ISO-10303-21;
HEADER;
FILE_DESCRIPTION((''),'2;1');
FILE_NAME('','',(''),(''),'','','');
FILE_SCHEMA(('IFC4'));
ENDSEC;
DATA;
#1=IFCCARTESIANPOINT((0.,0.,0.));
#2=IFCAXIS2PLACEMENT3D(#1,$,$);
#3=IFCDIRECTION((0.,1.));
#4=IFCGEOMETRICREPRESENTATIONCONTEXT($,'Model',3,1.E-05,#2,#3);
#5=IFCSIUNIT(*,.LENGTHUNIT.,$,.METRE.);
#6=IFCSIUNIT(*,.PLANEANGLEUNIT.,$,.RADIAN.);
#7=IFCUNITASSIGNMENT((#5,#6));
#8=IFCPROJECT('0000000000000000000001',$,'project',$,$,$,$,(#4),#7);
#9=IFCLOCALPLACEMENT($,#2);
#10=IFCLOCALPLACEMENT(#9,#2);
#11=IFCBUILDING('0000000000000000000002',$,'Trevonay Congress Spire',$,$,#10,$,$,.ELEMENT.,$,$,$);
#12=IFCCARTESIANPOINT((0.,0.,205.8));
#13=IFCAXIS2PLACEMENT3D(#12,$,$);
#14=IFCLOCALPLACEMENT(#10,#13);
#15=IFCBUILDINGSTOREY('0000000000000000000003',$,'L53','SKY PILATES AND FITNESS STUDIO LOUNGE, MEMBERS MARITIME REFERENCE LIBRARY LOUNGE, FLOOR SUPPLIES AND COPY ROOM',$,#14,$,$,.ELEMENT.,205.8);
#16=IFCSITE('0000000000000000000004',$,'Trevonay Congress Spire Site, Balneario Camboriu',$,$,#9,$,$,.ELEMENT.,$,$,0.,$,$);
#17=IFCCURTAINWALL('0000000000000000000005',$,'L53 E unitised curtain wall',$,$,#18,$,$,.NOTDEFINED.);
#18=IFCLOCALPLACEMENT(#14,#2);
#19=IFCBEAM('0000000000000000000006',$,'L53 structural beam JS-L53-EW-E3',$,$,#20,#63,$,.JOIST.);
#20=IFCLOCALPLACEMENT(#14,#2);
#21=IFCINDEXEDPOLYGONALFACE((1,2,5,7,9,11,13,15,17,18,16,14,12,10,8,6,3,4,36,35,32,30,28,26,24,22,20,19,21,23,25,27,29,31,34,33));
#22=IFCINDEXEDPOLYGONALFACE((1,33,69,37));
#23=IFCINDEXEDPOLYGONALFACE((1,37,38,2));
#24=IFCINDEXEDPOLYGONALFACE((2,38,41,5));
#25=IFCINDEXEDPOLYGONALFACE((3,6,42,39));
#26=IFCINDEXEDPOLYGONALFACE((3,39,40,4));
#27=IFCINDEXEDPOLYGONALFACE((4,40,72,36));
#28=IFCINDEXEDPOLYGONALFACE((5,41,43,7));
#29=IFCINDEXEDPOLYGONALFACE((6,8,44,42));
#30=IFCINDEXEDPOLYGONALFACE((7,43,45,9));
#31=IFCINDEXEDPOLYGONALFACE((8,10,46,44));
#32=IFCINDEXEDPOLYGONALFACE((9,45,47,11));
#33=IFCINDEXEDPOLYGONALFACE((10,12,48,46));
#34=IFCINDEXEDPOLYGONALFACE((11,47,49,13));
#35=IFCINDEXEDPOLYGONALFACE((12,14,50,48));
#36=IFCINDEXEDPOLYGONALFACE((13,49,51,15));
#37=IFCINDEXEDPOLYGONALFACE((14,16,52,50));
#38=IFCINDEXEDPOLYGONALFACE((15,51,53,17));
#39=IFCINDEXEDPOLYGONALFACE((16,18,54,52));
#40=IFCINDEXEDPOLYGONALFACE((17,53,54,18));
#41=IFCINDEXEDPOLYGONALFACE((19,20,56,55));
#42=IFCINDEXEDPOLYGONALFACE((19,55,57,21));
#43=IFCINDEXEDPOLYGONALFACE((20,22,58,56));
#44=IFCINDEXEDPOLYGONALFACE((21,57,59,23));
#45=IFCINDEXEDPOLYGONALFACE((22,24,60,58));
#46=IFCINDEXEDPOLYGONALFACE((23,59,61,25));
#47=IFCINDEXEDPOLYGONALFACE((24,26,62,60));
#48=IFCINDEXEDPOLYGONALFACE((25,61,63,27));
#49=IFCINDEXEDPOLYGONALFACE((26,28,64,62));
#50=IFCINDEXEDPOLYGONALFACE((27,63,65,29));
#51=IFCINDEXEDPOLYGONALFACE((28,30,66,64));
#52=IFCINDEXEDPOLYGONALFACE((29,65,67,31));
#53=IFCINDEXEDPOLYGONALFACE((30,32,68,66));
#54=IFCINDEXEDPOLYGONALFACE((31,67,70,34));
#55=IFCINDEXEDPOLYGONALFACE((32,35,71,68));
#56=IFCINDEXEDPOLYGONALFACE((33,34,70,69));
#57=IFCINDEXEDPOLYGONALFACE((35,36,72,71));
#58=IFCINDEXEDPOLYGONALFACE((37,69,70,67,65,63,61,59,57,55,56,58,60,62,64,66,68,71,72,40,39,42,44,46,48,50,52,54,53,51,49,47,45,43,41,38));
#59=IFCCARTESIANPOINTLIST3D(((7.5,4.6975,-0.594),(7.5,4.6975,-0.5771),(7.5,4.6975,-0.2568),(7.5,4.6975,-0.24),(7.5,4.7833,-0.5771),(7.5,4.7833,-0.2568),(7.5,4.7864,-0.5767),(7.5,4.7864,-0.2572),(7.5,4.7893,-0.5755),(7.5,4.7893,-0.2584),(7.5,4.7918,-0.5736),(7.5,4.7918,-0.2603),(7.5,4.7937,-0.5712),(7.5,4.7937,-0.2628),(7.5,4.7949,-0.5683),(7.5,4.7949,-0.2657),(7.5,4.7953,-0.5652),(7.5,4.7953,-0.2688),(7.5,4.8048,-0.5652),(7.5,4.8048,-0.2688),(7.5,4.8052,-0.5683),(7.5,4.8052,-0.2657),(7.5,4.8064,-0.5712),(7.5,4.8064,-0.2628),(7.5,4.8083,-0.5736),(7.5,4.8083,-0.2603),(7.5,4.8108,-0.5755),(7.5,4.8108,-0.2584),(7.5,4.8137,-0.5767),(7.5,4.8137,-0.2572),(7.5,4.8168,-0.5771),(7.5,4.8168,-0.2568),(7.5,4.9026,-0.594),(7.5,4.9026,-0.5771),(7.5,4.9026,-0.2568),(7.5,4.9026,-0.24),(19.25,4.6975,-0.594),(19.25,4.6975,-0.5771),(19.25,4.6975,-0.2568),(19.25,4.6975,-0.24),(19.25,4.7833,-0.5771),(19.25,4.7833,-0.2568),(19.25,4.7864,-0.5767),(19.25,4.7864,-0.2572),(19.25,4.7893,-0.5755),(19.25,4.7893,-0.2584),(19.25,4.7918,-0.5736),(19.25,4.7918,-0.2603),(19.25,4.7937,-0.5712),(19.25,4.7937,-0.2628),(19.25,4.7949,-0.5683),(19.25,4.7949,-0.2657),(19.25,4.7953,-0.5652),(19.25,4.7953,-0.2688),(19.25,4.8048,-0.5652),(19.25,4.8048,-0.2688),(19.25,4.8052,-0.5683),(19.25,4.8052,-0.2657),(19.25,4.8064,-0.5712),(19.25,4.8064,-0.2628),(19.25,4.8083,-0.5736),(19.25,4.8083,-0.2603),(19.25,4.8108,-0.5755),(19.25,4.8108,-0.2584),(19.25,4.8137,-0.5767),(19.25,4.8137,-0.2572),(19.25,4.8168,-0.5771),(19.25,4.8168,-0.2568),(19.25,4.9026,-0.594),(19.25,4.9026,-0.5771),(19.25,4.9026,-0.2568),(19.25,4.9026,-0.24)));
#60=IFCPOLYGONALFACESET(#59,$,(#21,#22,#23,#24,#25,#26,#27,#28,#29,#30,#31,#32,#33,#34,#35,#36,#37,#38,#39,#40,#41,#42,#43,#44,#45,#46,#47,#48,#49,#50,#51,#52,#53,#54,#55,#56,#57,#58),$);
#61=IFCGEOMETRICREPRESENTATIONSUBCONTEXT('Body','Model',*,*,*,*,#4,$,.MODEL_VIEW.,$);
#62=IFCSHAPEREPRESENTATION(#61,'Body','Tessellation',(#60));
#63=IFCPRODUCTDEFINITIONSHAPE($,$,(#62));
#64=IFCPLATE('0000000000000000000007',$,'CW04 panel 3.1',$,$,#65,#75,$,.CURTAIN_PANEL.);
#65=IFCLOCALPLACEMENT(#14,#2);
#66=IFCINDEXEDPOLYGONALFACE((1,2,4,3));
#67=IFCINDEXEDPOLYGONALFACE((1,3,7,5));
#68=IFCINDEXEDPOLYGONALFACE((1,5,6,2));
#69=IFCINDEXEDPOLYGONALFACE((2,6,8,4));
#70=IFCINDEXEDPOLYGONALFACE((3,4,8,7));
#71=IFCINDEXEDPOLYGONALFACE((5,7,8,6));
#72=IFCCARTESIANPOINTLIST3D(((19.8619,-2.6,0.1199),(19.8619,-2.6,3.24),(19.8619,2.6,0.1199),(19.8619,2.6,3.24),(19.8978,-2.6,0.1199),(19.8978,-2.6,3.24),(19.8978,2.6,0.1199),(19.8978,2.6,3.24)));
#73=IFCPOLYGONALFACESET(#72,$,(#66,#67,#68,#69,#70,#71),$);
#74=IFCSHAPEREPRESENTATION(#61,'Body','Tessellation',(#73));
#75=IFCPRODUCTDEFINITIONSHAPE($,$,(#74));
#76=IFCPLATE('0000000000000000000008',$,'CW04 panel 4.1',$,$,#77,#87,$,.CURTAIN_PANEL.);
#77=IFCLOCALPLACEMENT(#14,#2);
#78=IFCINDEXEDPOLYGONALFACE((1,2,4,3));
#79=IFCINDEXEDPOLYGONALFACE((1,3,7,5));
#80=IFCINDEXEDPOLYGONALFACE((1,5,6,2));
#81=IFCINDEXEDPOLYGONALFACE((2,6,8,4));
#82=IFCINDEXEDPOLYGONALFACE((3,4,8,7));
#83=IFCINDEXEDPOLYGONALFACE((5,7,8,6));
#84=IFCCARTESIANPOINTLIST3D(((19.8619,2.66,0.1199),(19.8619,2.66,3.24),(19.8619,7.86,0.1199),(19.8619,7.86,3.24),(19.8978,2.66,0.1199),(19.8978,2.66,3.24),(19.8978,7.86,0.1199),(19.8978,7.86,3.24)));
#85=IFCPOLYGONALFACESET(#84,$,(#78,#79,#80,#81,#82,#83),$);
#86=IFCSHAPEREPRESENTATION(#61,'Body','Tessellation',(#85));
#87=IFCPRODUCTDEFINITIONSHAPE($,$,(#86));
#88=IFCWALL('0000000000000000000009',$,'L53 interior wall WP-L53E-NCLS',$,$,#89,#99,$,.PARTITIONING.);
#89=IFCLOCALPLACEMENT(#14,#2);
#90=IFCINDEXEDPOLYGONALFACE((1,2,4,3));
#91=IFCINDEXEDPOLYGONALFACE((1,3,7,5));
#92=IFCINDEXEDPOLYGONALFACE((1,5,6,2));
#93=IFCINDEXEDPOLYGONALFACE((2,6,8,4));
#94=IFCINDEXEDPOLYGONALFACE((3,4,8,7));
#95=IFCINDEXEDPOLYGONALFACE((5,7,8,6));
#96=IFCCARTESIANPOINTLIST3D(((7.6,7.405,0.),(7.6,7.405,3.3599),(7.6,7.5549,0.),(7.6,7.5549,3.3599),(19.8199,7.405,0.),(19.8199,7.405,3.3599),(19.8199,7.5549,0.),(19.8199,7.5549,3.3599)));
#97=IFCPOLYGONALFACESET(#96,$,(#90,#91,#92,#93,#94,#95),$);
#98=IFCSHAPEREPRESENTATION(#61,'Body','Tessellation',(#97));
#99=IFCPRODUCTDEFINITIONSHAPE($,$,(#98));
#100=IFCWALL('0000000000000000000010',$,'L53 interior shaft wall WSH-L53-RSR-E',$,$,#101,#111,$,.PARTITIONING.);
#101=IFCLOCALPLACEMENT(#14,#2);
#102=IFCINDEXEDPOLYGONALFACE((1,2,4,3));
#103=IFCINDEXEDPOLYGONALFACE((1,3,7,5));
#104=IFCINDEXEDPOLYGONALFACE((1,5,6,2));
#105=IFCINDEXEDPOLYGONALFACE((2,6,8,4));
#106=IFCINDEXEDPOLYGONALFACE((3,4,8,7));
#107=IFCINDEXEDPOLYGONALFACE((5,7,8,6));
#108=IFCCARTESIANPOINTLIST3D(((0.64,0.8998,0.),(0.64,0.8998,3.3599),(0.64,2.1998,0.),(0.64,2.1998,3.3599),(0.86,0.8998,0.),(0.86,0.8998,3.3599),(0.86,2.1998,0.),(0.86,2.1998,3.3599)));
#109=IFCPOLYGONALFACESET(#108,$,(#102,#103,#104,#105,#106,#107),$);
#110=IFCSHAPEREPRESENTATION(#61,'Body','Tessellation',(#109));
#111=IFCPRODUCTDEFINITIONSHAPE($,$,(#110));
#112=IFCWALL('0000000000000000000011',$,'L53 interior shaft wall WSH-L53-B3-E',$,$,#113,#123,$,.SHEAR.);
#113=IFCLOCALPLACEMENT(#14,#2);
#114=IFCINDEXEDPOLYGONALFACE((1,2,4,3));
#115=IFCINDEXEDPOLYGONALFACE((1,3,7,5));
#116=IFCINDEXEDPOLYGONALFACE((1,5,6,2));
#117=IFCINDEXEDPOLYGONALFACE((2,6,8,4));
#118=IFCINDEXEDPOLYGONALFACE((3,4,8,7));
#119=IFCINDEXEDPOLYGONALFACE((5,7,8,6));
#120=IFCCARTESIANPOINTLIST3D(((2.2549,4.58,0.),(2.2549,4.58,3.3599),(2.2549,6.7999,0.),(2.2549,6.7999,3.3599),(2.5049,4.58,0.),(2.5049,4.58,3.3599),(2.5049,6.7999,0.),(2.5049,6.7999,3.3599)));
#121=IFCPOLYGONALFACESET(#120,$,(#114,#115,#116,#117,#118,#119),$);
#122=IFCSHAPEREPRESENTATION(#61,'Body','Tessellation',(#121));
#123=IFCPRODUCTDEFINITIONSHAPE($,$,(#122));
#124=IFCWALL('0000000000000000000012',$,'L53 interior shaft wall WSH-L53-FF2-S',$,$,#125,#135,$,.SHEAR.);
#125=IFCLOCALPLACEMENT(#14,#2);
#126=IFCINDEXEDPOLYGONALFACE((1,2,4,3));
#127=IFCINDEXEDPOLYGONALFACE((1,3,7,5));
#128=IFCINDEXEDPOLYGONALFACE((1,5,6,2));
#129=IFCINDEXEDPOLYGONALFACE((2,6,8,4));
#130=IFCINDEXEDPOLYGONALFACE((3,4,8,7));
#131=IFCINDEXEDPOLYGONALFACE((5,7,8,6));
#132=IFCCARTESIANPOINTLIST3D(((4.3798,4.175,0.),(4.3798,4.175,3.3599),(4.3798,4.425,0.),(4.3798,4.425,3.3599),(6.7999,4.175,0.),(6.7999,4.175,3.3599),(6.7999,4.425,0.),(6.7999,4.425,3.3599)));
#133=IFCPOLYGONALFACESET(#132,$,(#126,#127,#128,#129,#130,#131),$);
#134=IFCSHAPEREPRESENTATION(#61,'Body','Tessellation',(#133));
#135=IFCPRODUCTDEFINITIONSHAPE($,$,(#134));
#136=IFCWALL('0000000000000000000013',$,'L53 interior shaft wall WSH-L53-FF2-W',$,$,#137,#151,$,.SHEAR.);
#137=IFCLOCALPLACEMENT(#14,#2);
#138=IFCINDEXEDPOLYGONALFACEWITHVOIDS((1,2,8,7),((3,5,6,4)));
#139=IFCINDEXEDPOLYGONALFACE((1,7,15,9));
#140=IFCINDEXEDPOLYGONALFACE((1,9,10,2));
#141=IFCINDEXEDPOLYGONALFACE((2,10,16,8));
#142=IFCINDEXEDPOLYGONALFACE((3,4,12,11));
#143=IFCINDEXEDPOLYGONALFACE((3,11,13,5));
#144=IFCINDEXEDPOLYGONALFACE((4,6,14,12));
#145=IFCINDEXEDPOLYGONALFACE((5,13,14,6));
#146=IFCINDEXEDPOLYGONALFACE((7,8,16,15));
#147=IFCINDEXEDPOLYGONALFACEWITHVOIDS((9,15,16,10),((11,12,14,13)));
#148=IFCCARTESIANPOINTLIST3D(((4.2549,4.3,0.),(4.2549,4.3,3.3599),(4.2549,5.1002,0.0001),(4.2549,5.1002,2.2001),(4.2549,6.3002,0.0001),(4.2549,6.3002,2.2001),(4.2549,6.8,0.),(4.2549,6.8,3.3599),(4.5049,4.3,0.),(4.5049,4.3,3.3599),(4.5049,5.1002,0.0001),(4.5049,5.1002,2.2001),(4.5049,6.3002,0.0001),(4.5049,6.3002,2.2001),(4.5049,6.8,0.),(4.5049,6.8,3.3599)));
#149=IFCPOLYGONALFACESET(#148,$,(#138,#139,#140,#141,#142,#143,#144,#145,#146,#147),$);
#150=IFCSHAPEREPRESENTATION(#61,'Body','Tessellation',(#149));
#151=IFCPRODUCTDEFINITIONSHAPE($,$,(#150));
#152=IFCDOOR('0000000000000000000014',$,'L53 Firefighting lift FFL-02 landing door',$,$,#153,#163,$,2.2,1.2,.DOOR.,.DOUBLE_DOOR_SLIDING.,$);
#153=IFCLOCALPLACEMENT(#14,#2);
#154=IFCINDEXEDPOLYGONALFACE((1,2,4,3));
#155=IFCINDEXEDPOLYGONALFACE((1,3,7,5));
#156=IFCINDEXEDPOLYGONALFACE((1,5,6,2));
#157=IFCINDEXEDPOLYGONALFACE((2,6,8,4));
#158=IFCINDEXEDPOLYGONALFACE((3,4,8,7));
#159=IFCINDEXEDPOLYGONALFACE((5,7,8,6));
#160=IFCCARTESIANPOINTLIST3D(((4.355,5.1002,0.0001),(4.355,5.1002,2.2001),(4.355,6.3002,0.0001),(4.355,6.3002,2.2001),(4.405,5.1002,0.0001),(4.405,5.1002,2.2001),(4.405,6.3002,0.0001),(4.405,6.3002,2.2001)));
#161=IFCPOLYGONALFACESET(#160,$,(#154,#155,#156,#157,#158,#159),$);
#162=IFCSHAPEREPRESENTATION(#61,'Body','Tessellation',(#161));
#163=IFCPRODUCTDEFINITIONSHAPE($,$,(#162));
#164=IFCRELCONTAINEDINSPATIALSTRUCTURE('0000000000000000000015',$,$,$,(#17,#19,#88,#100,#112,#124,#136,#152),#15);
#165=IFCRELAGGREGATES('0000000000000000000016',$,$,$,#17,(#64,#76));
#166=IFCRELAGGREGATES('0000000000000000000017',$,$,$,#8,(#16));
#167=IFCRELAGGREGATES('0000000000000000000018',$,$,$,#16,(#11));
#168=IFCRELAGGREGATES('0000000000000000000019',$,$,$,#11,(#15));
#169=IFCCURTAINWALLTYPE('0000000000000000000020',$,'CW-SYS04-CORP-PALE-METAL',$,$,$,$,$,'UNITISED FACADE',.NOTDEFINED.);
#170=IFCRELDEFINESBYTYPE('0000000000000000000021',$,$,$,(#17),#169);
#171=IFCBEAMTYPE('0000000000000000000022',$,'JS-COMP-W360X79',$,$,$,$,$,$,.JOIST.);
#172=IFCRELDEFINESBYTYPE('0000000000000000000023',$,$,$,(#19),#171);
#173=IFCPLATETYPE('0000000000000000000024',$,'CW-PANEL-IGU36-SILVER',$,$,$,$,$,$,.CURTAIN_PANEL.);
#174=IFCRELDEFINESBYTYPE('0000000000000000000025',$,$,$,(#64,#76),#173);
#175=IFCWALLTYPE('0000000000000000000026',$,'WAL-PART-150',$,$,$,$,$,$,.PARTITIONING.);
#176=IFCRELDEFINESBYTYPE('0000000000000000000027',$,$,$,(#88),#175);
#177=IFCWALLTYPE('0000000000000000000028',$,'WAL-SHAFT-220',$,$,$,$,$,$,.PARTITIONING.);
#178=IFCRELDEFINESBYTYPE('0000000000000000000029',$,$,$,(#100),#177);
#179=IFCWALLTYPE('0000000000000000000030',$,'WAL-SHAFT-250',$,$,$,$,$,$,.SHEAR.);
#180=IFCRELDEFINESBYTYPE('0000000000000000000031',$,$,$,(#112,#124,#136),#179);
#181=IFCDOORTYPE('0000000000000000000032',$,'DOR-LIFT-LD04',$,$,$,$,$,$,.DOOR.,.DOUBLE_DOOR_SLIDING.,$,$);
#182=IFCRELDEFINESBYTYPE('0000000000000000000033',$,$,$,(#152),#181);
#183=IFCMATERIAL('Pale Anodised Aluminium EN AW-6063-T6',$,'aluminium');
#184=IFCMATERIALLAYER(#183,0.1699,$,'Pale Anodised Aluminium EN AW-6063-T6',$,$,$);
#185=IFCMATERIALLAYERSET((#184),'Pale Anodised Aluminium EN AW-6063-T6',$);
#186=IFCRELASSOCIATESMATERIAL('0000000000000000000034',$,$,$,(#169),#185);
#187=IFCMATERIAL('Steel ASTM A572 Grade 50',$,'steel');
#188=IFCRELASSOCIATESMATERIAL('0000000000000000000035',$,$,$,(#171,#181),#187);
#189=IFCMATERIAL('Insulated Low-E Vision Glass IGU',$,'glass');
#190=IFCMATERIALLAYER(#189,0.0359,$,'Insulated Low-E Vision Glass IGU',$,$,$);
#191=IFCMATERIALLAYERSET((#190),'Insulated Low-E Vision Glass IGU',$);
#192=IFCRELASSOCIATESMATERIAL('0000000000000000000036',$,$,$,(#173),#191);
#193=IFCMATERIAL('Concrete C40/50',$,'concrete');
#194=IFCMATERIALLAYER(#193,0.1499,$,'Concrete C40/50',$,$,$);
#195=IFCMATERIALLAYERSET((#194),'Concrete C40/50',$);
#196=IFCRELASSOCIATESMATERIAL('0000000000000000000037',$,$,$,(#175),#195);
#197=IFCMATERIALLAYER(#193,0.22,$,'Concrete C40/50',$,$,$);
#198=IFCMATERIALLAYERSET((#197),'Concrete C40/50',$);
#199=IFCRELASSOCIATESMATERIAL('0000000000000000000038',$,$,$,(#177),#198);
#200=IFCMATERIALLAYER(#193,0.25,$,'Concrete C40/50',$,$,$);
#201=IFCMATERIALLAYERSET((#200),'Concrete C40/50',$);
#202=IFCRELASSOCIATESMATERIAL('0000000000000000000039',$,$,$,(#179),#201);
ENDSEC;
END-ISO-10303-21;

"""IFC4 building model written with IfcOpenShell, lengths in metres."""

from ifc_helpers import new_model, si_unit, direction, frame, frame_2d, origin, origin_2d, place, context, subcontext, project, spatial, rectangle, i_section, extrude, material, layer, layer_set, material_profile, profile_set, type_object, element, fill, aggregate, save


model = new_model("IFC4")

# Units and contexts
model_context = context("Model", 3, precision=1e-05, world=origin(), true_north=direction((0.0, 1.0)))
body_context = subcontext(model_context, "Body", "Model", "MODEL_VIEW")
ifc_project = project(units=[si_unit("LENGTHUNIT", "METRE"), si_unit("PLANEANGLEUNIT", "RADIAN")], contexts=[model_context])

# Site, building, storey
site_placement = place(None, origin())
site = spatial("IfcSite", under=ifc_project, at=site_placement, Name="Trevonay Congress Spire Site, Balneario Camboriu", CompositionType="ELEMENT", RefElevation=0.0)
building_placement = place(site_placement, origin())
building = spatial("IfcBuilding", under=site, at=building_placement, Name="Trevonay Congress Spire", CompositionType="ELEMENT")
storey_placement = place(building_placement, frame((0.0, 0.0, 205.8)))
storey = spatial("IfcBuildingStorey", under=building, at=storey_placement, Name="L53", Description="SKY PILATES AND FITNESS STUDIO LOUNGE, MEMBERS MARITIME REFERENCE LIBRARY LOUNGE, FLOOR SUPPLIES AND COPY ROOM", CompositionType="ELEMENT", Elevation=205.8)

# Shared definitions
ifc_material_1 = material(Name="Steel ASTM A572 Grade 50", Category="steel")

# Curtain wall
ifc_material_2 = material(Name="Pale Anodised Aluminium EN AW-6063-T6", Category="aluminium")
ifc_layer_1 = layer(ifc_material_2, 0.1699, Name="Pale Anodised Aluminium EN AW-6063-T6")
ifc_layer_set_1 = layer_set([ifc_layer_1], Name="Pale Anodised Aluminium EN AW-6063-T6")
curtain_wall_type = type_object("IfcCurtainWallType", Name="CW-SYS04-CORP-PALE-METAL", ElementType="UNITISED FACADE", PredefinedType="NOTDEFINED", material=ifc_layer_set_1)
curtain_wall_placement = place(storey_placement, origin())
curtain_wall = element("IfcCurtainWall", 1, at=curtain_wall_placement, inside=storey, type_object=curtain_wall_type, Name="L53 E unitised curtain wall", PredefinedType="NOTDEFINED")

# Beam
ifc_material_profile_1 = material_profile(ifc_material_1, i_section(OverallWidth=0.2051, OverallDepth=0.354, WebThickness=0.0095, FlangeThickness=0.0168, FilletRadius=0.012, at=origin_2d()), Name="W360x79")
ifc_profile_set_1 = profile_set([ifc_material_profile_1], Name="Steel ASTM A572 Grade 50")
beam_type_1 = type_object("IfcBeamType", Name="JS-COMP-W360X79", PredefinedType="JOIST", material=ifc_profile_set_1)
beam_1_placement = place(storey_placement, frame((7.5, 4.8, -0.417), z_axis=(1.0, 0.0, 0.0), x_axis=(0.0, 1.0, 0.0)))
element("IfcBeam", 2, at=beam_1_placement, inside=storey, type_object=beam_type_1, Name="L53 structural beam JS-L53-EW-E3", PredefinedType="JOIST", context=body_context, shape_type="SweptSolid", body=[
    extrude(i_section(OverallWidth=0.2051, OverallDepth=0.354, WebThickness=0.0095, FlangeThickness=0.0168, FilletRadius=0.012, at=origin_2d()), origin(), (0.0, 0.0, 1.0), 11.75),
])

# Plates
ifc_material_3 = material(Name="Insulated Low-E Vision Glass IGU", Category="glass")
ifc_layer_2 = layer(ifc_material_3, 0.0359, Name="Insulated Low-E Vision Glass IGU")
ifc_layer_set_2 = layer_set([ifc_layer_2], Name="Insulated Low-E Vision Glass IGU")
plate_type = type_object("IfcPlateType", Name="CW-PANEL-IGU36-SILVER", PredefinedType="CURTAIN_PANEL", material=ifc_layer_set_2)
plate_1_placement = place(storey_placement, frame((19.8799, 0.0, 0.1199), z_axis=(0.0, 0.0, 1.0), x_axis=(0.0, 1.0, 0.0)))
plate_1 = element("IfcPlate", 3, at=plate_1_placement, type_object=plate_type, Name="CW04 panel 3.1", PredefinedType="CURTAIN_PANEL", context=body_context, shape_type="SweptSolid", body=[
    extrude(rectangle(XDim=5.2, YDim=0.0359, at=origin_2d()), origin(), (0.0, 0.0, 1.0), 3.1201),
])
plate_2_placement = place(storey_placement, frame((19.8799, 5.26, 0.1199), z_axis=(0.0, 0.0, 1.0), x_axis=(0.0, 1.0, 0.0)))
plate_2 = element("IfcPlate", 4, at=plate_2_placement, type_object=plate_type, Name="CW04 panel 4.1", PredefinedType="CURTAIN_PANEL", context=body_context, shape_type="SweptSolid", body=[
    extrude(rectangle(XDim=5.2, YDim=0.0359, at=origin_2d()), origin(), (0.0, 0.0, 1.0), 3.1201),
])
aggregate(curtain_wall, [plate_1, plate_2])

# Walls
ifc_material_4 = material(Name="Concrete C40/50", Category="concrete")
ifc_layer_3 = layer(ifc_material_4, 0.1499, Name="Concrete C40/50")
ifc_layer_set_3 = layer_set([ifc_layer_3], Name="Concrete C40/50")
wall_type_1 = type_object("IfcWallType", Name="WAL-PART-150", PredefinedType="PARTITIONING", material=ifc_layer_set_3)
wall_1_placement = place(storey_placement, frame((7.6001, 7.48, 0.0), z_axis=(0.0, 0.0, 1.0), x_axis=(1.0, 0.0, 0.0)))
element("IfcWall", 5, at=wall_1_placement, inside=storey, type_object=wall_type_1, Name="L53 interior wall WP-L53E-NCLS", PredefinedType="PARTITIONING", context=body_context, shape_type="SweptSolid", body=[
    extrude(rectangle(XDim=12.22, YDim=0.1499, at=frame_2d((6.1099, 0.0))), origin(), (0.0, 0.0, 1.0), 3.3599),
])
ifc_layer_4 = layer(ifc_material_4, 0.22, Name="Concrete C40/50")
ifc_layer_set_4 = layer_set([ifc_layer_4], Name="Concrete C40/50")
wall_type_2 = type_object("IfcWallType", Name="WAL-SHAFT-220", PredefinedType="PARTITIONING", material=ifc_layer_set_4)
wall_2_placement = place(storey_placement, frame((0.75, 0.8999, 0.0), z_axis=(0.0, 0.0, 1.0), x_axis=(0.0, 1.0, 0.0)))
element("IfcWall", 6, at=wall_2_placement, inside=storey, type_object=wall_type_2, Name="L53 interior shaft wall WSH-L53-RSR-E", PredefinedType="PARTITIONING", context=body_context, shape_type="SweptSolid", body=[
    extrude(rectangle(XDim=1.3, YDim=0.22, at=frame_2d((0.6499, 0.0))), origin(), (0.0, 0.0, 1.0), 3.3599),
])
ifc_layer_5 = layer(ifc_material_4, 0.25, Name="Concrete C40/50")
ifc_layer_set_5 = layer_set([ifc_layer_5], Name="Concrete C40/50")
wall_type_3 = type_object("IfcWallType", Name="WAL-SHAFT-250", PredefinedType="SHEAR", material=ifc_layer_set_5)
wall_3_placement = place(storey_placement, frame((2.3799, 4.5801, 0.0), z_axis=(0.0, 0.0, 1.0), x_axis=(0.0, 1.0, 0.0)))
element("IfcWall", 7, at=wall_3_placement, inside=storey, type_object=wall_type_3, Name="L53 interior shaft wall WSH-L53-B3-E", PredefinedType="SHEAR", context=body_context, shape_type="SweptSolid", body=[
    extrude(rectangle(XDim=2.22, YDim=0.25, at=frame_2d((1.1099, 0.0))), origin(), (0.0, 0.0, 1.0), 3.3599),
])
wall_4_placement = place(storey_placement, frame((4.3799, 4.3, 0.0), z_axis=(0.0, 0.0, 1.0), x_axis=(1.0, 0.0, 0.0)))
element("IfcWall", 8, at=wall_4_placement, inside=storey, type_object=wall_type_3, Name="L53 interior shaft wall WSH-L53-FF2-S", PredefinedType="SHEAR", context=body_context, shape_type="SweptSolid", body=[
    extrude(rectangle(XDim=2.4202, YDim=0.25, at=frame_2d((1.21, 0.0))), origin(), (0.0, 0.0, 1.0), 3.3599),
])

# Wall, opening, door
wall_5_placement = place(storey_placement, frame((4.3799, 4.3, 0.0), z_axis=(0.0, 0.0, 1.0), x_axis=(0.0, 1.0, 0.0)))
wall_5 = element("IfcWall", 9, at=wall_5_placement, inside=storey, type_object=wall_type_3, Name="L53 interior shaft wall WSH-L53-FF2-W", PredefinedType="SHEAR", context=body_context, shape_type="SweptSolid", body=[
    extrude(rectangle(XDim=2.5, YDim=0.25, at=frame_2d((1.25, 0.0))), origin(), (0.0, 0.0, 1.0), 3.3599),
])
opening_1_placement = place(wall_5_placement, frame((0.8, 0.0, 0.0)))
opening_1 = element("IfcOpeningElement", 10, at=opening_1_placement, cuts=wall_5, PredefinedType="OPENING", context=body_context, shape_type="SweptSolid", body=[
    extrude(rectangle(XDim=1.2, YDim=2.2, at=frame_2d((0.6001, 1.1001))), frame((0.0, 0.135, 0.0), z_axis=(0.0, -1.0, 0.0), x_axis=(1.0, 0.0, 0.0)), (0.0, 0.0, 1.0), 0.27),
])
door_type_1 = type_object("IfcDoorType", Name="DOR-LIFT-LD04", OperationType="DOUBLE_DOOR_SLIDING", PredefinedType="DOOR", material=ifc_material_1)
door_1_placement = place(opening_1_placement, origin())
door_1 = element("IfcDoor", 11, at=door_1_placement, inside=storey, type_object=door_type_1, Name="L53 Firefighting lift FFL-02 landing door", OperationType="DOUBLE_DOOR_SLIDING", OverallHeight=2.2, OverallWidth=1.2, PredefinedType="DOOR", context=body_context, shape_type="SweptSolid", body=[
    extrude(rectangle(XDim=1.2, YDim=2.2, at=frame_2d((0.6001, 1.1001))), frame((0.0, 0.0249, 0.0), z_axis=(0.0, -1.0, 0.0), x_axis=(1.0, 0.0, 0.0)), (0.0, 0.0, 1.0), 0.05),
])
fill(opening_1, door_1)

save(model, "model.ifc")
